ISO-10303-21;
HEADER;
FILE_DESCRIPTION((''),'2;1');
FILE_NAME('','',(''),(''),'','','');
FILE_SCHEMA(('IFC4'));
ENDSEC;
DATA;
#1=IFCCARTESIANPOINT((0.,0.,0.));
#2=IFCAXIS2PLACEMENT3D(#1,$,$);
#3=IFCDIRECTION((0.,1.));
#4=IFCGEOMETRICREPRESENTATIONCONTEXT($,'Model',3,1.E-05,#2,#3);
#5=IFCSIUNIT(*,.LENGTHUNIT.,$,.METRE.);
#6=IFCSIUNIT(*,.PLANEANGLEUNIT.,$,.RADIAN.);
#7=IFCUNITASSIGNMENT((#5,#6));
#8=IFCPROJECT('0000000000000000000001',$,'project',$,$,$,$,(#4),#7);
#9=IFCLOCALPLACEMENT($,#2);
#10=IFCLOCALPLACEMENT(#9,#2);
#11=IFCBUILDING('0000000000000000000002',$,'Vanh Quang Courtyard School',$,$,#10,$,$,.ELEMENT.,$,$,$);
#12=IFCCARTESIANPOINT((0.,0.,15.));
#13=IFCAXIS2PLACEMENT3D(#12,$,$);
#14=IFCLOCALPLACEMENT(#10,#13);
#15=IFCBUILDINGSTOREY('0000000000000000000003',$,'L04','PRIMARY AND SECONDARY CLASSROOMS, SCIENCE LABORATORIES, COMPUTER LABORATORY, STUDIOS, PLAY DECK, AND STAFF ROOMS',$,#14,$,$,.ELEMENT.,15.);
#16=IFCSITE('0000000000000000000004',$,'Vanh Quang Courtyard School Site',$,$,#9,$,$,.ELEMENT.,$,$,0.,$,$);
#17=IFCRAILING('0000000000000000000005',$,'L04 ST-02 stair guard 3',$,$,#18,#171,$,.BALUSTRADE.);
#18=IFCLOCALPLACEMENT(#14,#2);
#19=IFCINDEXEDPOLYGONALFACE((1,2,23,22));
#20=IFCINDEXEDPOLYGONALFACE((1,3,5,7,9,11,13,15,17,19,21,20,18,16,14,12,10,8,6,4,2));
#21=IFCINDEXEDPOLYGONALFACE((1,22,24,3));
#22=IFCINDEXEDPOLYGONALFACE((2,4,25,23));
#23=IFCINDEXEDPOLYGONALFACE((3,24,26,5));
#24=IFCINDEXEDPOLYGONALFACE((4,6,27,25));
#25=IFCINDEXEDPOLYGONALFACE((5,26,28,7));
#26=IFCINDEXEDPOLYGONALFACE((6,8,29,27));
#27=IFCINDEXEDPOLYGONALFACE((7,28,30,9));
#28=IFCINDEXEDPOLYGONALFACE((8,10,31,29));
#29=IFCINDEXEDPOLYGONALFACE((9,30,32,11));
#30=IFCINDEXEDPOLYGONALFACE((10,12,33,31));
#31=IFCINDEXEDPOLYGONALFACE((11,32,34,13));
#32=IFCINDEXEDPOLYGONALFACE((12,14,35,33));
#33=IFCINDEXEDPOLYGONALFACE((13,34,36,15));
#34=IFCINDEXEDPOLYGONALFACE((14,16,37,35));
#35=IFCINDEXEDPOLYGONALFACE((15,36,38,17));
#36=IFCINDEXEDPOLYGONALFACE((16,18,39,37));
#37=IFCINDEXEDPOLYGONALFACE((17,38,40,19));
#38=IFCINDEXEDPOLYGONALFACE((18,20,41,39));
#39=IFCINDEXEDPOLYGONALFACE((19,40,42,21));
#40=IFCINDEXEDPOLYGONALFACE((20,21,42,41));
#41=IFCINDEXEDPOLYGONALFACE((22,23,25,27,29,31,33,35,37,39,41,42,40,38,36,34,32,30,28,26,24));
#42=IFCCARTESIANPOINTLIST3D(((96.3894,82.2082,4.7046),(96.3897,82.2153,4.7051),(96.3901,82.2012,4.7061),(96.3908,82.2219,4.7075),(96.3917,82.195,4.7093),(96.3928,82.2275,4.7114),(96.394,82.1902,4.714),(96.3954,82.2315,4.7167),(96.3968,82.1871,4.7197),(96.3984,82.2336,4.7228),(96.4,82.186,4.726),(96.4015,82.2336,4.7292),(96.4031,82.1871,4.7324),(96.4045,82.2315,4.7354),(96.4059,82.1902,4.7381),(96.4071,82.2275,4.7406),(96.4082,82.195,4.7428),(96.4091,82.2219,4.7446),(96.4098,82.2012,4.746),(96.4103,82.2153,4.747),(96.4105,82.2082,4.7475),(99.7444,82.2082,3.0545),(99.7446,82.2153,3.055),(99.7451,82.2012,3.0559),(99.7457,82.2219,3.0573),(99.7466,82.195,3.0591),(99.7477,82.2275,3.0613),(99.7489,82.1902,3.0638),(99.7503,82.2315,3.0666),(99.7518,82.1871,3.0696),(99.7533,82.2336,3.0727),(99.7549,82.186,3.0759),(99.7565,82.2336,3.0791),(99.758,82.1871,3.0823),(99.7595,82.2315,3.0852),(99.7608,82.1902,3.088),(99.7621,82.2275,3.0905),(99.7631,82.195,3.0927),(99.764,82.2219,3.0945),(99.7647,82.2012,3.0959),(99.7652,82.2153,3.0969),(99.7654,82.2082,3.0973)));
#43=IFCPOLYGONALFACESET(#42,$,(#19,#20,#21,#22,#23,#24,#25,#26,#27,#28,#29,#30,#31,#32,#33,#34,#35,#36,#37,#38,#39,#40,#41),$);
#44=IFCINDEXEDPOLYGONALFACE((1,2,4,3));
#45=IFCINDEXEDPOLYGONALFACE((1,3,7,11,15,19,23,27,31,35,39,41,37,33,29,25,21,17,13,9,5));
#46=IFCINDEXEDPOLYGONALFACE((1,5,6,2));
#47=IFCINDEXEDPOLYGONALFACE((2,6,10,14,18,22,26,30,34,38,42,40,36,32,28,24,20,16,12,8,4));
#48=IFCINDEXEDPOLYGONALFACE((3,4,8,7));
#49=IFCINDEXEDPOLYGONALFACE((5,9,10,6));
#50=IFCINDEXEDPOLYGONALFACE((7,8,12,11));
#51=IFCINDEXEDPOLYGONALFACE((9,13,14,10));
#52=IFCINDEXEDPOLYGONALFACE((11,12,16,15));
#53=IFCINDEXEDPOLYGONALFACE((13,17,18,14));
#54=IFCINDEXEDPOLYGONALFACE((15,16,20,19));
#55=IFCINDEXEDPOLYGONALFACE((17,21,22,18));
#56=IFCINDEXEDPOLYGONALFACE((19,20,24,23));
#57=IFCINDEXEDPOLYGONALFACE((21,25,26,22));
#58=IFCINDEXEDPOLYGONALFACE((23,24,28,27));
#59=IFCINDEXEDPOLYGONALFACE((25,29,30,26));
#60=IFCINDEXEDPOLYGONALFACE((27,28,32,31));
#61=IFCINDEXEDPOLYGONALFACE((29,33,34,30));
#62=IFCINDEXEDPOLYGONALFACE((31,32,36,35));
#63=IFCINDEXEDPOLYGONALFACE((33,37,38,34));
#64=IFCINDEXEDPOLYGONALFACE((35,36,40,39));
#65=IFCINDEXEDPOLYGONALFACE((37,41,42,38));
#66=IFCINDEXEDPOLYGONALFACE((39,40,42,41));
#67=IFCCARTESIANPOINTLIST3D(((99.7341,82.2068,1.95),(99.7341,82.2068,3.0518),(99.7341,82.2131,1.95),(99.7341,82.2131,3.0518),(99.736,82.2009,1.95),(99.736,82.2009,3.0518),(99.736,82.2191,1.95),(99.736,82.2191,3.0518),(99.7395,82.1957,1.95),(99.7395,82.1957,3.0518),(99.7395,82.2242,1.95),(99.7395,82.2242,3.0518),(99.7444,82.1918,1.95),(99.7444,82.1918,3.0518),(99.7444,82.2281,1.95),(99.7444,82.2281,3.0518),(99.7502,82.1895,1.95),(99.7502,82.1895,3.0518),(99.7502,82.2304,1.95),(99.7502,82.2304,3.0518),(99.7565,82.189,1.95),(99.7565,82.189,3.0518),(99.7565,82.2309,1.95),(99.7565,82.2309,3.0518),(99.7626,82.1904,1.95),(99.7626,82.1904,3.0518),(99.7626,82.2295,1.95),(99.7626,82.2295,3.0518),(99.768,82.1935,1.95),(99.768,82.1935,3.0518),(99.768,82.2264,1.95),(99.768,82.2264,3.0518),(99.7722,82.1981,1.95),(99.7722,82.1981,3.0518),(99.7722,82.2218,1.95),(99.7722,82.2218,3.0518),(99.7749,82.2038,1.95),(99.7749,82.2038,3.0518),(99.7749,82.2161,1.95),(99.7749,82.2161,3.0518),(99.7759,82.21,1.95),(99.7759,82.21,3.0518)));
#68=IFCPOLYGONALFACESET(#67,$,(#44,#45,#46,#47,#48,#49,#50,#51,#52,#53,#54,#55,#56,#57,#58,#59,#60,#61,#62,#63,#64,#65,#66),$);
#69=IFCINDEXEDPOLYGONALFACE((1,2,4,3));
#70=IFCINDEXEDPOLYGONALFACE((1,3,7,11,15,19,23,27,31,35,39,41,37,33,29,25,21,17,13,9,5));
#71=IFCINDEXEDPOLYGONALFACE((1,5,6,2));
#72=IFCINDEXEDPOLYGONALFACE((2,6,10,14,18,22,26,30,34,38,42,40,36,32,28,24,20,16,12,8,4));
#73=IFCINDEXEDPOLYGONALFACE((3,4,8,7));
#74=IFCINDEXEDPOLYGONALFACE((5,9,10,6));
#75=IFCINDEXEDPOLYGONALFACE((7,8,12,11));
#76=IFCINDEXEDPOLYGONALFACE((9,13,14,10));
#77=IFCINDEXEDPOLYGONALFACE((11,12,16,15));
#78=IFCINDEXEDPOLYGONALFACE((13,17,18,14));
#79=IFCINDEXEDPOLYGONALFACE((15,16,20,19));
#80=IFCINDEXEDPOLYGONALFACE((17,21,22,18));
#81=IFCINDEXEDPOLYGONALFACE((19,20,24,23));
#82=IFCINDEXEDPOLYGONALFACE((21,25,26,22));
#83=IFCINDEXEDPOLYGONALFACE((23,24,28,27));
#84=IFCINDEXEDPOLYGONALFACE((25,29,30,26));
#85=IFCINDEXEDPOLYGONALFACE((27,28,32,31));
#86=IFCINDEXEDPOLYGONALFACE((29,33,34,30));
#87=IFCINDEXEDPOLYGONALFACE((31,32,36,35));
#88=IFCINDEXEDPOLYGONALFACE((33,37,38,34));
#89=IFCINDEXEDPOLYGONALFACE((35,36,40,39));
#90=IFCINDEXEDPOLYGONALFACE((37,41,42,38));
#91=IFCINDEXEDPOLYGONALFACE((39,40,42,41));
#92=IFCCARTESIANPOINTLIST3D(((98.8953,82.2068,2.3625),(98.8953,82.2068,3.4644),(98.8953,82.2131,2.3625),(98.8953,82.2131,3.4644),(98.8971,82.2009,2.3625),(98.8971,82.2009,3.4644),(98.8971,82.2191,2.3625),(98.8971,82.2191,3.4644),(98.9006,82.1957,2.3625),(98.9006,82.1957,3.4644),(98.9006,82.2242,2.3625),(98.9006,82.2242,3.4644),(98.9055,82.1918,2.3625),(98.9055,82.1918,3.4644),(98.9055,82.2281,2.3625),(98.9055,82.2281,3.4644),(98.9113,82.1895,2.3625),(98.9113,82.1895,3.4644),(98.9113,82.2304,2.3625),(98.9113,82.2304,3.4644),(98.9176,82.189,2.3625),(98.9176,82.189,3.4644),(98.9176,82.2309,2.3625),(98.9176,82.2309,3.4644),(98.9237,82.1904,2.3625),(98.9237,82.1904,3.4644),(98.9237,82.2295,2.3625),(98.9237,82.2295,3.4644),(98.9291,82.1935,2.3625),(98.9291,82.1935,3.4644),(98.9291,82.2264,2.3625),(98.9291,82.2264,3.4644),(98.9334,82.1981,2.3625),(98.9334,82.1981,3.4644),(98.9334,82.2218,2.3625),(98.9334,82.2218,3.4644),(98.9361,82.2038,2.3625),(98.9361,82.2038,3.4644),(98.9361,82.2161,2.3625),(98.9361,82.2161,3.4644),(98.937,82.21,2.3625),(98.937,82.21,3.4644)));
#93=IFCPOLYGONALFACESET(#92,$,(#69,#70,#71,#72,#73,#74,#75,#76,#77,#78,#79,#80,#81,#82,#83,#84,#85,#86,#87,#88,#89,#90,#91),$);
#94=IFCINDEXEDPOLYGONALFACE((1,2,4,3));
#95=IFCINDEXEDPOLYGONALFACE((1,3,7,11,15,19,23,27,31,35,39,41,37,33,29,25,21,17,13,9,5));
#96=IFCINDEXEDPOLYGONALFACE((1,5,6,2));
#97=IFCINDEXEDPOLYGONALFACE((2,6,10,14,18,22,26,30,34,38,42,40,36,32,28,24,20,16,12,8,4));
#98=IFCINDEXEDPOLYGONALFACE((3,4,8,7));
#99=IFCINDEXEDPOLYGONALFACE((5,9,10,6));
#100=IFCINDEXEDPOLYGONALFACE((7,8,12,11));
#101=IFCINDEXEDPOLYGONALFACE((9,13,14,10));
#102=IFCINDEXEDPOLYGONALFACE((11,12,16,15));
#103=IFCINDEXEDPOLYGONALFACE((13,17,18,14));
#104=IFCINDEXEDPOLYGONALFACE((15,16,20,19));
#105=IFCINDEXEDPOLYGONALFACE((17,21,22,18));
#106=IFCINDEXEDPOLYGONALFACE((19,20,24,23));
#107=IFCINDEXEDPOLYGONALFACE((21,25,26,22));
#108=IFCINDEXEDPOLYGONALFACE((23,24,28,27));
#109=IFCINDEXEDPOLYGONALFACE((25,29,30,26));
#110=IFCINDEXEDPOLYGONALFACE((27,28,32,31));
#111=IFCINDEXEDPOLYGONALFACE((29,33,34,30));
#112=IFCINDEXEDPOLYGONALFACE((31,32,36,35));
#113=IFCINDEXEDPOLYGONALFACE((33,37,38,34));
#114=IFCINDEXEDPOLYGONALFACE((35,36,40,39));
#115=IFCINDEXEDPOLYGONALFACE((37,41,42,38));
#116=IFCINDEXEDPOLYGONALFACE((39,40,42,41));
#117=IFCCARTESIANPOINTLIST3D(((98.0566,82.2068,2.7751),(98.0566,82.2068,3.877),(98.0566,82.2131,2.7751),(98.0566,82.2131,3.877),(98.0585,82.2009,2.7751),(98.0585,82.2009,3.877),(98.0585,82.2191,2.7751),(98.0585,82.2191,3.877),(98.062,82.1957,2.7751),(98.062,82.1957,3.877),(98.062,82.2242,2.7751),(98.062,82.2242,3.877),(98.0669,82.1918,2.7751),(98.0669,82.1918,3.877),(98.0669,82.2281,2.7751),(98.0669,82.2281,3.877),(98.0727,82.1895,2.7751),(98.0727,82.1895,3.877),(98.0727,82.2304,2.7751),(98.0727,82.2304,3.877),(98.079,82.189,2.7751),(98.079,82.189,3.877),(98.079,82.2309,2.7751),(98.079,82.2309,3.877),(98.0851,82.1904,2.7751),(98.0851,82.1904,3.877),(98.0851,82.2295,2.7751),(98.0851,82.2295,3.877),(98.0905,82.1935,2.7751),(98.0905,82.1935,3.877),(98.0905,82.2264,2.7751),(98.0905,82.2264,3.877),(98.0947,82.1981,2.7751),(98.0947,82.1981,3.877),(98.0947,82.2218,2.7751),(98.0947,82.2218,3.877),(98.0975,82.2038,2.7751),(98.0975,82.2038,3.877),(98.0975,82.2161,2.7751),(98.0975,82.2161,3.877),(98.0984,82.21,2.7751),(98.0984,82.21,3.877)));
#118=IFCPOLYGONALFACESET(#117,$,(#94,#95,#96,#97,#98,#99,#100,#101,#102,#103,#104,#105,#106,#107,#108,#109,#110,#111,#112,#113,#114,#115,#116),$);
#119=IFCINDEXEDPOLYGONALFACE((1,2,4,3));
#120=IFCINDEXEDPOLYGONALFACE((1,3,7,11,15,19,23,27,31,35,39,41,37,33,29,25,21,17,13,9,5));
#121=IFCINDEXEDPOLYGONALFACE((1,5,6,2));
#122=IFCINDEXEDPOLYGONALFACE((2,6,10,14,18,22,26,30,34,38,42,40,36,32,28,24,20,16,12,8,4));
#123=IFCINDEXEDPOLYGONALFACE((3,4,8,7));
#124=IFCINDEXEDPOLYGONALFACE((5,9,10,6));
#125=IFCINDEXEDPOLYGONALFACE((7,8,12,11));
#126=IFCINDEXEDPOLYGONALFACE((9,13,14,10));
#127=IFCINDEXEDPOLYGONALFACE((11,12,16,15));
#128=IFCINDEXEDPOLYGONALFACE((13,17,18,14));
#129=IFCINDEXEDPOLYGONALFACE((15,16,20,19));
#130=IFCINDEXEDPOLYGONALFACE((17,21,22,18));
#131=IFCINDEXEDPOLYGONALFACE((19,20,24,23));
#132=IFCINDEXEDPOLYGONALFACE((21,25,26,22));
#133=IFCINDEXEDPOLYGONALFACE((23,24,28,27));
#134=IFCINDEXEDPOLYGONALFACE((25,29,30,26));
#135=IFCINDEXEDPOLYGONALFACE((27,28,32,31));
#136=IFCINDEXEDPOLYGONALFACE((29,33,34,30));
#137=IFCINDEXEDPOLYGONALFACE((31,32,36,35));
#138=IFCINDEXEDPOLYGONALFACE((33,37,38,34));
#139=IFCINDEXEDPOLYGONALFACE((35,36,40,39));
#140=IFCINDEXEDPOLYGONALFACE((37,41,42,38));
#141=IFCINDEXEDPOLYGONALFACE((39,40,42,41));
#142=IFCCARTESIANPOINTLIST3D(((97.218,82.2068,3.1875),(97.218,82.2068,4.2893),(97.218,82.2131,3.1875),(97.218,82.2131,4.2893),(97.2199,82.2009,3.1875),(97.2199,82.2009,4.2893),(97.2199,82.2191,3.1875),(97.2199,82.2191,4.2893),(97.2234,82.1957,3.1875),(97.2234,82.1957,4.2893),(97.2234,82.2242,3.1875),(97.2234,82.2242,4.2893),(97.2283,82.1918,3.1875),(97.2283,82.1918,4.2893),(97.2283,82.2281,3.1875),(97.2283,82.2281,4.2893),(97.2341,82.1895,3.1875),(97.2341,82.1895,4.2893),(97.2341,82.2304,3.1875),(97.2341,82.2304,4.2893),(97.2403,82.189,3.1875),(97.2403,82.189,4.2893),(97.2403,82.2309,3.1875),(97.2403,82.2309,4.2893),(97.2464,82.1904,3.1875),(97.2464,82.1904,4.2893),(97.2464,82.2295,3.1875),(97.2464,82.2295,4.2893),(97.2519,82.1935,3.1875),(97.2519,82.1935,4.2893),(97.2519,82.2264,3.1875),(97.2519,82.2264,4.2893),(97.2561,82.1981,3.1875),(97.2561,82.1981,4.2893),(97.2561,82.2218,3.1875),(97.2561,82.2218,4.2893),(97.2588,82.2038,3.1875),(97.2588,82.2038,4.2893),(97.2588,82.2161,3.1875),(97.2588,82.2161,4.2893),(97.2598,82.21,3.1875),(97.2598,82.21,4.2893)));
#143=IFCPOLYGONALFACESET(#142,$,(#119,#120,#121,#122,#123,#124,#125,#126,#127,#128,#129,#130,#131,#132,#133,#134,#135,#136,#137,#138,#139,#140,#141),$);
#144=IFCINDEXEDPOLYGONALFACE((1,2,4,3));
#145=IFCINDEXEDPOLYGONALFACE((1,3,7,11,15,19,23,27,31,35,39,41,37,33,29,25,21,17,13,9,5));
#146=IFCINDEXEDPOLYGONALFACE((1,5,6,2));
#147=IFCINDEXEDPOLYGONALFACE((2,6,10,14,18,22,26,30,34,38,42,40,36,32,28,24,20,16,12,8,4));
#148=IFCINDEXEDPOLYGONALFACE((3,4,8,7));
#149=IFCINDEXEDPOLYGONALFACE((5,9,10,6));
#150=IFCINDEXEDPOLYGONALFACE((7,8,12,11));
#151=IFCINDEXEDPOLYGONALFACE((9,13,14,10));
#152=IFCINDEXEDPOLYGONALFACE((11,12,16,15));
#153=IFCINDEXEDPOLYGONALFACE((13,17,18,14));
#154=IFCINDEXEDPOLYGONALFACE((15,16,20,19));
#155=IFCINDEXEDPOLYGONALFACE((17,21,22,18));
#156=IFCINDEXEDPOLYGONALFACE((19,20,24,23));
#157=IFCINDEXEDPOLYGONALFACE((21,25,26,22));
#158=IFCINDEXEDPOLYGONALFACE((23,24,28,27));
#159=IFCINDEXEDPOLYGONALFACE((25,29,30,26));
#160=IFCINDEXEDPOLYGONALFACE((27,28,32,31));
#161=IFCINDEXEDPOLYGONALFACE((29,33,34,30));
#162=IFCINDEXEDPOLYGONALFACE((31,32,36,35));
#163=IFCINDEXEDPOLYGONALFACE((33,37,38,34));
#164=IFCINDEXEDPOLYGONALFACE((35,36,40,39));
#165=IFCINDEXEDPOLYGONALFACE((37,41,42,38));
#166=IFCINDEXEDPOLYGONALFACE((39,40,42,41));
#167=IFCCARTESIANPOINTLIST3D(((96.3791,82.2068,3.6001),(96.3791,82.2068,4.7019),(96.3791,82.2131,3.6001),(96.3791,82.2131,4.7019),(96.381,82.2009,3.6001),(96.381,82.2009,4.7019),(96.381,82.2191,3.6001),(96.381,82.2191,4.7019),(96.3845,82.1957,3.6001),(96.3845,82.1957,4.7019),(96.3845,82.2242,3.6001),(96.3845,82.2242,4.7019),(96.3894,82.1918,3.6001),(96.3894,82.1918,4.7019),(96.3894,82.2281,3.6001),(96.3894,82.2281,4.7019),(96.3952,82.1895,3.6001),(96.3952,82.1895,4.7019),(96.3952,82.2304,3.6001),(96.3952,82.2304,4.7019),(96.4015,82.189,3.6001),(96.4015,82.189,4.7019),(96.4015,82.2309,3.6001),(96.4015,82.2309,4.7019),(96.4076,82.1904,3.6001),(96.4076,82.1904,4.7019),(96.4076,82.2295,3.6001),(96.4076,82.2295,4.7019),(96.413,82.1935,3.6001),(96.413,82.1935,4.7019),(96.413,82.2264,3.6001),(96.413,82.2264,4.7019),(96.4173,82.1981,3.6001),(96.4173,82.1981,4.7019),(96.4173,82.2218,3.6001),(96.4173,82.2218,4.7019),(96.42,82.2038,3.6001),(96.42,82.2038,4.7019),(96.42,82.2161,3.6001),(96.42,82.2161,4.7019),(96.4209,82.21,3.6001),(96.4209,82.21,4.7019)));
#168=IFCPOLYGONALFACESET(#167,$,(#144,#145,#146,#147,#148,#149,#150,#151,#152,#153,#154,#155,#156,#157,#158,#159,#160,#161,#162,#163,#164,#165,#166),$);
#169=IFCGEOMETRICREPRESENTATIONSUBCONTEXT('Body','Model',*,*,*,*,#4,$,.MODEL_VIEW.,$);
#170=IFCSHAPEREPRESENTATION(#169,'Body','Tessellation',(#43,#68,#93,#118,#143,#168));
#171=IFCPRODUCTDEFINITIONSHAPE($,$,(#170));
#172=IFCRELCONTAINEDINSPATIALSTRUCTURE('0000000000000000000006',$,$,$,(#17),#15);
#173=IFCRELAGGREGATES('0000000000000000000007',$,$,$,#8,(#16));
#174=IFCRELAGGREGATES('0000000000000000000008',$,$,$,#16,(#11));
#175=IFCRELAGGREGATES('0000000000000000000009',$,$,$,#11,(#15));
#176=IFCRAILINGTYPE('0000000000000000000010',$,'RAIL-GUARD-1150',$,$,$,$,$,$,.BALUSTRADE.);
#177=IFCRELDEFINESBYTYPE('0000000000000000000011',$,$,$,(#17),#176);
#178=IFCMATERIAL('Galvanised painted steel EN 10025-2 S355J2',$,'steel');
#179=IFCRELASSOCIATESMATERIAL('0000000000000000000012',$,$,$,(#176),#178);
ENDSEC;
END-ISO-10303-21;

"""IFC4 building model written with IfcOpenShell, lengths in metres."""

from ifc_helpers import new_model, si_unit, direction, frame, origin, origin_2d, place, context, subcontext, project, spatial, circle, extrude, material, type_object, element, save


model = new_model("IFC4")

# Units and contexts
model_context = context("Model", 3, precision=1e-05, world=origin(), true_north=direction((0.0, 1.0)))
body_context = subcontext(model_context, "Body", "Model", "MODEL_VIEW")
ifc_project = project(units=[si_unit("LENGTHUNIT", "METRE"), si_unit("PLANEANGLEUNIT", "RADIAN")], contexts=[model_context])

# Site, building, storey
site_placement = place(None, origin())
site = spatial("IfcSite", under=ifc_project, at=site_placement, Name="Vanh Quang Courtyard School Site", CompositionType="ELEMENT", RefElevation=0.0)
building_placement = place(site_placement, origin())
building = spatial("IfcBuilding", under=site, at=building_placement, Name="Vanh Quang Courtyard School", CompositionType="ELEMENT")
storey_placement = place(building_placement, frame((0.0, 0.0, 15.0)))
storey = spatial("IfcBuildingStorey", under=building, at=storey_placement, Name="L04", Description="PRIMARY AND SECONDARY CLASSROOMS, SCIENCE LABORATORIES, COMPUTER LABORATORY, STUDIOS, PLAY DECK, AND STAFF ROOMS", CompositionType="ELEMENT", Elevation=15.0)

# Railing
ifc_material_1 = material(Name="Galvanised painted steel EN 10025-2 S355J2", Category="steel")
railing_type_1 = type_object("IfcRailingType", Name="RAIL-GUARD-1150", PredefinedType="BALUSTRADE", material=ifc_material_1)
railing_1_placement = place(storey_placement, frame((99.7549, 82.21, 1.95)))
element("IfcRailing", 1, at=railing_1_placement, inside=storey, type_object=railing_type_1, Name="L04 ST-02 stair guard 3", PredefinedType="BALUSTRADE", context=body_context, shape_type="SweptSolid", body=[
    extrude(circle(Radius=0.0239, at=origin_2d()), frame((0.0, 0.0, 1.126), z_axis=(-0.897333, 0.0, 0.441353), x_axis=(0.0, -1.0, 0.0)), (0.0, 0.0, 1.0), 3.7388),
    extrude(circle(Radius=0.021, at=origin_2d()), origin(), (0.0, 0.0, 1.0), 1.1018),
    extrude(circle(Radius=0.021, at=origin_2d()), frame((-0.8389, 0.0, 0.4126)), (0.0, 0.0, 1.0), 1.1018),
    extrude(circle(Radius=0.021, at=origin_2d()), frame((-1.6775, 0.0, 0.8252)), (0.0, 0.0, 1.0), 1.1018),
    extrude(circle(Radius=0.021, at=origin_2d()), frame((-2.5161, 0.0, 1.2375)), (0.0, 0.0, 1.0), 1.1018),
    extrude(circle(Radius=0.021, at=origin_2d()), frame((-3.355, 0.0, 1.6501)), (0.0, 0.0, 1.0), 1.1018),
])

save(model, "model.ifc")
